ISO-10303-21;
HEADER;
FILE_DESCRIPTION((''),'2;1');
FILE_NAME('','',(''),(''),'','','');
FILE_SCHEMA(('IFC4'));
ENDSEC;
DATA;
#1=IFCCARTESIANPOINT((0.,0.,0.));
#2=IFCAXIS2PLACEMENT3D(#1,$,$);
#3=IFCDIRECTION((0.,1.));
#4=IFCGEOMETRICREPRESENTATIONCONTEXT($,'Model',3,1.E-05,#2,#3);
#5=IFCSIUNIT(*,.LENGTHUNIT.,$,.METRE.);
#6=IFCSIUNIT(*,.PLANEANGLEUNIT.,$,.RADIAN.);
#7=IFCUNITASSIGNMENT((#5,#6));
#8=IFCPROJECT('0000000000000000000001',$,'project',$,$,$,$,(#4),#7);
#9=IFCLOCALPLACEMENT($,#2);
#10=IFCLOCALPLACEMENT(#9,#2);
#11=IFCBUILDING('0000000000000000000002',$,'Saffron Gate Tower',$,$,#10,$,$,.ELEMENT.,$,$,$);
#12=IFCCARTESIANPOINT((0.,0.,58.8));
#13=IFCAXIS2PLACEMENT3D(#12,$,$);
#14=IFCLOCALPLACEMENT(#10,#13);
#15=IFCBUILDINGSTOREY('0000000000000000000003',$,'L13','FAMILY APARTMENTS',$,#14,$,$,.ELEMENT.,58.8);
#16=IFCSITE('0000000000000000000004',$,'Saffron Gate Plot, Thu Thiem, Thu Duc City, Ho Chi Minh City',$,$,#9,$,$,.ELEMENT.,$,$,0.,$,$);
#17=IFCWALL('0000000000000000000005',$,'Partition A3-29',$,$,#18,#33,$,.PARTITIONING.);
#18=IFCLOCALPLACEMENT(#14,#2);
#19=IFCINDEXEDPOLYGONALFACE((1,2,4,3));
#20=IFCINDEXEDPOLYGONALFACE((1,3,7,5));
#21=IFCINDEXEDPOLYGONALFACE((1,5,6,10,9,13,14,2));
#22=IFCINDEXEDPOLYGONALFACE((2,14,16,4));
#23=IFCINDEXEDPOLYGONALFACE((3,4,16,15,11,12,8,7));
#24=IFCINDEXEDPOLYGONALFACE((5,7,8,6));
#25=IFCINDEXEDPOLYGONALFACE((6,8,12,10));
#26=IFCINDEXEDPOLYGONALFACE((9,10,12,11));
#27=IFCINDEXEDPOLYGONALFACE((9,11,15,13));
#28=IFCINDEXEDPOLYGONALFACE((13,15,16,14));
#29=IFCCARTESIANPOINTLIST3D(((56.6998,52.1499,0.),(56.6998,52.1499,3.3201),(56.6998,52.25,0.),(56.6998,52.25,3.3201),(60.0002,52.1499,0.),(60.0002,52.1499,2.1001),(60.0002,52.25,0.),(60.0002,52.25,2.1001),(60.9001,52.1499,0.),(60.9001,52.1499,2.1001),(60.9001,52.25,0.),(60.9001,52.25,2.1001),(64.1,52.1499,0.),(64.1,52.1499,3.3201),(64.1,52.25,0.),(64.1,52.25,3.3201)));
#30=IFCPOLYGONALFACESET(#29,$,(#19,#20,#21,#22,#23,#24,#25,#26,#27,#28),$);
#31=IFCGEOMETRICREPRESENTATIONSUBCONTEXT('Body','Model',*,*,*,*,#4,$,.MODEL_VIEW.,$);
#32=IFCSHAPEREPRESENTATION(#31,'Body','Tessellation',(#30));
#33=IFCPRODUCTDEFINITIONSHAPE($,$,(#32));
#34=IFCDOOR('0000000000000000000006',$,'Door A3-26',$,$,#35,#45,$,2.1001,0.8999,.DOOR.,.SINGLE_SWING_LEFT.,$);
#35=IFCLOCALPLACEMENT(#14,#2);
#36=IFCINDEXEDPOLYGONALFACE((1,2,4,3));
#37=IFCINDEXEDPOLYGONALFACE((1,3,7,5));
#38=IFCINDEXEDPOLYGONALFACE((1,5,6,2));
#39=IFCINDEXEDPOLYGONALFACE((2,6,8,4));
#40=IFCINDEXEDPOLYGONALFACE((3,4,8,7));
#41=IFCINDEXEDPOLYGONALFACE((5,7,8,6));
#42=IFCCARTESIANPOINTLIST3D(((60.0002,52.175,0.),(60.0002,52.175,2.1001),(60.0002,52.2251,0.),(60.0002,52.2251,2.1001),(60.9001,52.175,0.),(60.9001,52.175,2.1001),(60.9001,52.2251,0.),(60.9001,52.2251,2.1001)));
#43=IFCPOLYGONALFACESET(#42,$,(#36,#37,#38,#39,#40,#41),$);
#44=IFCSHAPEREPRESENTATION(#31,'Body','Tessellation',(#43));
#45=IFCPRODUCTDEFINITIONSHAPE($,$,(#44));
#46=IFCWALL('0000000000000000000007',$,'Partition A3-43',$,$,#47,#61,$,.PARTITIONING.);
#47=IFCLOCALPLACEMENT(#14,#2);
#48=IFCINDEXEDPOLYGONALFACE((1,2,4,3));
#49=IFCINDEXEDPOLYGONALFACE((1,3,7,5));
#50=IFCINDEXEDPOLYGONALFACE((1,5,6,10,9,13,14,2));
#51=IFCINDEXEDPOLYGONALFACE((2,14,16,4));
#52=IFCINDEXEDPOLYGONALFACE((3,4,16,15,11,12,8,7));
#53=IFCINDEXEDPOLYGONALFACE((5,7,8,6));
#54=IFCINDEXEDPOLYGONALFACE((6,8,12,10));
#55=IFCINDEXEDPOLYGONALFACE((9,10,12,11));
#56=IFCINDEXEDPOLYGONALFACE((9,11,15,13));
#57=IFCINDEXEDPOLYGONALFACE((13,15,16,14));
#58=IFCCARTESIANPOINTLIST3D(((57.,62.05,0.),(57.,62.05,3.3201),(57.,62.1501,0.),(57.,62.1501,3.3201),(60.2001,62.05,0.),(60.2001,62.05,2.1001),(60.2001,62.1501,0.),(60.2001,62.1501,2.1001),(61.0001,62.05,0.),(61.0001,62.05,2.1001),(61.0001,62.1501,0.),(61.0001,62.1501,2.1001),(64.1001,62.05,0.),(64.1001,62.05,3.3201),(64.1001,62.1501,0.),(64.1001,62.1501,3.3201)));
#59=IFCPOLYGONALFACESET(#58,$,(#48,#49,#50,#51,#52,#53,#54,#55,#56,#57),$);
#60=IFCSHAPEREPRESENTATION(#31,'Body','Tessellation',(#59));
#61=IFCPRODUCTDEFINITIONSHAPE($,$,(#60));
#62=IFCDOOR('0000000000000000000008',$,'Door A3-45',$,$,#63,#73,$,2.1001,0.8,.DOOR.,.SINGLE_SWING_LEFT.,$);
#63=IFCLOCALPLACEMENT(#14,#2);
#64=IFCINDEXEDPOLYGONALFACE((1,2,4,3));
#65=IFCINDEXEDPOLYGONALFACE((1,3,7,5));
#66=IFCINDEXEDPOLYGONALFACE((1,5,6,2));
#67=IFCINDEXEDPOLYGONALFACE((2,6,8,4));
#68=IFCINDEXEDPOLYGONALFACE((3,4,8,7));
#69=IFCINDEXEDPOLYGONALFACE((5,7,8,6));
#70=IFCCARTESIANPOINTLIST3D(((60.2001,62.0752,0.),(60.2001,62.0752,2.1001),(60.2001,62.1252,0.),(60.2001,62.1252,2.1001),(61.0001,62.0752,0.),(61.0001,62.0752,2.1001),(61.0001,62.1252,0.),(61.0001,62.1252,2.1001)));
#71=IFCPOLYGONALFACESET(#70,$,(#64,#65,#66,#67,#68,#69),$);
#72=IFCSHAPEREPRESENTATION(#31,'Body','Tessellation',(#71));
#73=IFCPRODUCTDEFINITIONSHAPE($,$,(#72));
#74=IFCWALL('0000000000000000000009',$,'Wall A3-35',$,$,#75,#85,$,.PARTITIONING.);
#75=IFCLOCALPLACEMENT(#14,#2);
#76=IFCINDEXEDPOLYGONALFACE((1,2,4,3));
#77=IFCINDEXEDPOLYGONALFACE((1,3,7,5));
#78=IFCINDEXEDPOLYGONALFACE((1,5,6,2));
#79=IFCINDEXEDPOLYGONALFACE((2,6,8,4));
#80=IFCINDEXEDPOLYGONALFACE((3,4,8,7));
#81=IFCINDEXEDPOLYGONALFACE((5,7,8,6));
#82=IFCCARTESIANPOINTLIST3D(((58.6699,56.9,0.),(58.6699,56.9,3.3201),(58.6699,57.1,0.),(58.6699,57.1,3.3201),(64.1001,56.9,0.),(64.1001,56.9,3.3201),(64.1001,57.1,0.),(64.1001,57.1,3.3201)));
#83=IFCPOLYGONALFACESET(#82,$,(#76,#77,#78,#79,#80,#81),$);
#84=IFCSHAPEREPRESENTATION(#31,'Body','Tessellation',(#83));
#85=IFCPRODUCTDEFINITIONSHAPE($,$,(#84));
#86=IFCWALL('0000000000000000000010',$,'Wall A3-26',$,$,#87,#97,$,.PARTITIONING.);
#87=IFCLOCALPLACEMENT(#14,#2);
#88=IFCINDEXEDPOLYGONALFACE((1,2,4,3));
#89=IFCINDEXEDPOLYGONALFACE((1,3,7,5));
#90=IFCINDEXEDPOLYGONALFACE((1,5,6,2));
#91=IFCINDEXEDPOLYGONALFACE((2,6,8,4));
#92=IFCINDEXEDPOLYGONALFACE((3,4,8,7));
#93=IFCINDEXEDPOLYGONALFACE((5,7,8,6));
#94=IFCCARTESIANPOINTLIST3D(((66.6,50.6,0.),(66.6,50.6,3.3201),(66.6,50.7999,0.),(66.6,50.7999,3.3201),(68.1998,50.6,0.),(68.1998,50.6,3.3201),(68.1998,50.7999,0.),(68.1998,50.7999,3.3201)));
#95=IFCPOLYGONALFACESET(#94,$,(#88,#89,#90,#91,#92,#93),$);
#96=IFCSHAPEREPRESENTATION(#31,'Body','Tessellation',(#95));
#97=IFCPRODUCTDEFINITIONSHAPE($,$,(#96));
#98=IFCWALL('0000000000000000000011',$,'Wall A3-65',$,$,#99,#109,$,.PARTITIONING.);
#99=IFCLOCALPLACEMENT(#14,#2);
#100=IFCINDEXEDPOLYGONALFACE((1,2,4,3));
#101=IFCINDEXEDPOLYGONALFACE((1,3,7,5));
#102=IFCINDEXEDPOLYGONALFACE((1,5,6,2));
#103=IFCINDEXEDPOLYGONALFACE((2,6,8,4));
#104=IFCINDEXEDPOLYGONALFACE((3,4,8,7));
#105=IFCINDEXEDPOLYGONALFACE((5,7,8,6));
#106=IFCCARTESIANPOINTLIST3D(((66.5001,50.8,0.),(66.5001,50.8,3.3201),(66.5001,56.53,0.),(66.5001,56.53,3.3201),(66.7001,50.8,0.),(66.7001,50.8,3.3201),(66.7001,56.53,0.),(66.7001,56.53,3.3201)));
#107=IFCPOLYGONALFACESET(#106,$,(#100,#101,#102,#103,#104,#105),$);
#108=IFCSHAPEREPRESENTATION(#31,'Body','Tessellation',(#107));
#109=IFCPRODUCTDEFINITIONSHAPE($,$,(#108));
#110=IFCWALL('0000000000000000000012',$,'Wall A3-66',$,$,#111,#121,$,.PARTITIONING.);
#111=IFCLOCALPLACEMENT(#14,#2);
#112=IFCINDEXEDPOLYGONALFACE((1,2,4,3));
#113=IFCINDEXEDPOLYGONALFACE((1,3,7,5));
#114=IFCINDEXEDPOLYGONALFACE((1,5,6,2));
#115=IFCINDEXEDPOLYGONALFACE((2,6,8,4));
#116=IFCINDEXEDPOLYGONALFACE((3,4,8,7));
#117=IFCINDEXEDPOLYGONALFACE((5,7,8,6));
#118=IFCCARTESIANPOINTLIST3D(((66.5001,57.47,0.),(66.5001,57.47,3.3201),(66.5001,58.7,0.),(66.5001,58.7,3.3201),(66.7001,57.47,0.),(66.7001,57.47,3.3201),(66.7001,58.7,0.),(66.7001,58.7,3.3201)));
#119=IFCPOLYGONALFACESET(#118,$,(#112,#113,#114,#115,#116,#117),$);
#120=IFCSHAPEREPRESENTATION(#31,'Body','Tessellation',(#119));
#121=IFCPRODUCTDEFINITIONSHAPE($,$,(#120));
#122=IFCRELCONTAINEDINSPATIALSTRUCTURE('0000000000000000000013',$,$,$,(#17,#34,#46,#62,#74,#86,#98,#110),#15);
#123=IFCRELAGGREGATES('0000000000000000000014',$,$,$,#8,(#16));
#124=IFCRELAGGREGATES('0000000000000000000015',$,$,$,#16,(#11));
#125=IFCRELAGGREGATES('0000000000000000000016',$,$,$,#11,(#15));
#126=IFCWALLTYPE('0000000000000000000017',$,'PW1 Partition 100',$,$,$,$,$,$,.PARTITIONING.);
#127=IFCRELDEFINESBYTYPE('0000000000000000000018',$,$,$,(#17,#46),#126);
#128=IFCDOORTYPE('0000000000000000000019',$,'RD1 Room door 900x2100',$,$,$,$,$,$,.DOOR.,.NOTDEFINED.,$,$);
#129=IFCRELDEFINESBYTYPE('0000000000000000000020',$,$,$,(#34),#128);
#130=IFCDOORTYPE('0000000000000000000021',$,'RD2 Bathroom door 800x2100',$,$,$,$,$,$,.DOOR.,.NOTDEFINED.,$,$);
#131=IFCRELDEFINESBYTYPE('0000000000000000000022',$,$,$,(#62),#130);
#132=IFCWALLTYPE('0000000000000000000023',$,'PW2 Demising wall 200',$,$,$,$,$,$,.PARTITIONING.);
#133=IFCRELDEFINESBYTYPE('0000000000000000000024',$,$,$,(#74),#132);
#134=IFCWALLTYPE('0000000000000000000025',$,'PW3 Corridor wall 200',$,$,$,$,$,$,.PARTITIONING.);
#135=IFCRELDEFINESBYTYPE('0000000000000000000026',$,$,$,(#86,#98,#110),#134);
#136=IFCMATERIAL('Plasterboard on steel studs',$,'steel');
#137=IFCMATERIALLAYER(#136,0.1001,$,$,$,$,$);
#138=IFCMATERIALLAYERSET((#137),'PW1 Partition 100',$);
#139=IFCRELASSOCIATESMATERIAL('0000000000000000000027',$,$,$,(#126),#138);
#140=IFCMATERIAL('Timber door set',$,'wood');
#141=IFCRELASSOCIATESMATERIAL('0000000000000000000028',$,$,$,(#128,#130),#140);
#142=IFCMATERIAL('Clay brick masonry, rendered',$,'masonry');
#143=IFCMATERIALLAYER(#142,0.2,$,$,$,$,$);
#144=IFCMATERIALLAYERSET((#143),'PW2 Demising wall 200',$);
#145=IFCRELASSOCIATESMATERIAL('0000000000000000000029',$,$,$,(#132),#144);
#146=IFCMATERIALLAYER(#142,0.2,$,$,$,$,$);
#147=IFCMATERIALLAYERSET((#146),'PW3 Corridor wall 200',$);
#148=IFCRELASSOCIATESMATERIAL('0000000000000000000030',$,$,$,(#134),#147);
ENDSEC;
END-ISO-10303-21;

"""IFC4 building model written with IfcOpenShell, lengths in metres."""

from ifc_helpers import new_model, si_unit, direction, frame, frame_2d, origin, place, context, subcontext, project, spatial, rectangle, extrude, material, layer, layer_set, type_object, element, fill, save


model = new_model("IFC4")

# Units and contexts
model_context = context("Model", 3, precision=1e-05, world=origin(), true_north=direction((0.0, 1.0)))
body_context = subcontext(model_context, "Body", "Model", "MODEL_VIEW")
ifc_project = project(units=[si_unit("LENGTHUNIT", "METRE"), si_unit("PLANEANGLEUNIT", "RADIAN")], contexts=[model_context])

# Site, building, storey
site_placement = place(None, origin())
site = spatial("IfcSite", under=ifc_project, at=site_placement, Name="Saffron Gate Plot, Thu Thiem, Thu Duc City, Ho Chi Minh City", CompositionType="ELEMENT", RefElevation=0.0)
building_placement = place(site_placement, origin())
building = spatial("IfcBuilding", under=site, at=building_placement, Name="Saffron Gate Tower", CompositionType="ELEMENT")
storey_placement = place(building_placement, frame((0.0, 0.0, 58.8)))
storey = spatial("IfcBuildingStorey", under=building, at=storey_placement, Name="L13", Description="FAMILY APARTMENTS", CompositionType="ELEMENT", Elevation=58.8)

# Shared definitions
ifc_material_1 = material(Name="Plasterboard on steel studs", Category="steel")
ifc_layer_1 = layer(ifc_material_1, 0.1001)
ifc_layer_set_1 = layer_set([ifc_layer_1], Name="PW1 Partition 100")
wall_type_1 = type_object("IfcWallType", Name="PW1 Partition 100", PredefinedType="PARTITIONING", material=ifc_layer_set_1)

# Walls, openings, doors
wall_1_placement = place(storey_placement, frame((64.1001, 52.2, 0.0), z_axis=(0.0, 0.0, 1.0), x_axis=(-1.0, 0.0, 0.0)))
wall_1 = element("IfcWall", 1, at=wall_1_placement, inside=storey, type_object=wall_type_1, Name="Partition A3-29", PredefinedType="PARTITIONING", context=body_context, shape_type="SweptSolid", body=[
    extrude(rectangle(XDim=7.4001, YDim=0.1001, at=frame_2d((3.7002, 0.0))), origin(), (0.0, 0.0, 1.0), 3.3201),
])
opening_1_placement = place(wall_1_placement, frame((3.2, 0.0, 0.0)))
opening_1 = element("IfcOpeningElement", 2, at=opening_1_placement, cuts=wall_1, PredefinedType="OPENING", context=body_context, shape_type="SweptSolid", body=[
    extrude(rectangle(XDim=0.8999, YDim=2.1001, at=frame_2d((0.45, 1.05))), frame((0.0, 0.0601, 0.0), z_axis=(0.0, -1.0, 0.0), x_axis=(1.0, 0.0, 0.0)), (0.0, 0.0, 1.0), 0.1201),
])
ifc_material_2 = material(Name="Timber door set", Category="wood")
door_type_1 = type_object("IfcDoorType", Name="RD1 Room door 900x2100", OperationType="NOTDEFINED", PredefinedType="DOOR", material=ifc_material_2)
door_1_placement = place(opening_1_placement, origin())
door_1 = element("IfcDoor", 3, at=door_1_placement, inside=storey, type_object=door_type_1, Name="Door A3-26", OperationType="SINGLE_SWING_LEFT", OverallHeight=2.1001, OverallWidth=0.8999, PredefinedType="DOOR", context=body_context, shape_type="SweptSolid", body=[
    extrude(rectangle(XDim=0.8999, YDim=2.1001, at=frame_2d((0.45, 1.05))), frame((0.0, 0.0249, 0.0), z_axis=(0.0, -1.0, 0.0), x_axis=(1.0, 0.0, 0.0)), (0.0, 0.0, 1.0), 0.05),
])
fill(opening_1, door_1)
wall_2_placement = place(storey_placement, frame((64.1001, 62.1001, 0.0), z_axis=(0.0, 0.0, 1.0), x_axis=(-1.0, 0.0, 0.0)))
wall_2 = element("IfcWall", 4, at=wall_2_placement, inside=storey, type_object=wall_type_1, Name="Partition A3-43", PredefinedType="PARTITIONING", context=body_context, shape_type="SweptSolid", body=[
    extrude(rectangle(XDim=7.1001, YDim=0.1001, at=frame_2d((3.55, 0.0))), origin(), (0.0, 0.0, 1.0), 3.3201),
])
opening_2_placement = place(wall_2_placement, frame((3.1001, 0.0, 0.0)))
opening_2 = element("IfcOpeningElement", 5, at=opening_2_placement, cuts=wall_2, PredefinedType="OPENING", context=body_context, shape_type="SweptSolid", body=[
    extrude(rectangle(XDim=0.8, YDim=2.1001, at=frame_2d((0.3999, 1.05))), frame((0.0, 0.0601, 0.0), z_axis=(0.0, -1.0, 0.0), x_axis=(1.0, 0.0, 0.0)), (0.0, 0.0, 1.0), 0.1201),
])
door_type_2 = type_object("IfcDoorType", Name="RD2 Bathroom door 800x2100", OperationType="NOTDEFINED", PredefinedType="DOOR", material=ifc_material_2)
door_2_placement = place(opening_2_placement, origin())
door_2 = element("IfcDoor", 6, at=door_2_placement, inside=storey, type_object=door_type_2, Name="Door A3-45", OperationType="SINGLE_SWING_LEFT", OverallHeight=2.1001, OverallWidth=0.8, PredefinedType="DOOR", context=body_context, shape_type="SweptSolid", body=[
    extrude(rectangle(XDim=0.8, YDim=2.1001, at=frame_2d((0.3999, 1.05))), frame((0.0, 0.0249, 0.0), z_axis=(0.0, -1.0, 0.0), x_axis=(1.0, 0.0, 0.0)), (0.0, 0.0, 1.0), 0.05),
])
fill(opening_2, door_2)

# Walls
ifc_material_3 = material(Name="Clay brick masonry, rendered", Category="masonry")
ifc_layer_2 = layer(ifc_material_3, 0.2)
ifc_layer_set_2 = layer_set([ifc_layer_2], Name="PW2 Demising wall 200")
wall_type_2 = type_object("IfcWallType", Name="PW2 Demising wall 200", PredefinedType="PARTITIONING", material=ifc_layer_set_2)
wall_3_placement = place(storey_placement, frame((58.6699, 57.0, 0.0), z_axis=(0.0, 0.0, 1.0), x_axis=(1.0, 0.0, 0.0)))
element("IfcWall", 7, at=wall_3_placement, inside=storey, type_object=wall_type_2, Name="Wall A3-35", PredefinedType="PARTITIONING", context=body_context, shape_type="SweptSolid", body=[
    extrude(rectangle(XDim=5.4302, YDim=0.2, at=frame_2d((2.7151, 0.0))), origin(), (0.0, 0.0, 1.0), 3.3201),
])
ifc_layer_3 = layer(ifc_material_3, 0.2)
ifc_layer_set_3 = layer_set([ifc_layer_3], Name="PW3 Corridor wall 200")
wall_type_3 = type_object("IfcWallType", Name="PW3 Corridor wall 200", PredefinedType="PARTITIONING", material=ifc_layer_set_3)
wall_4_placement = place(storey_placement, frame((66.6001, 50.7, 0.0), z_axis=(0.0, 0.0, 1.0), x_axis=(1.0, 0.0, 0.0)))
element("IfcWall", 8, at=wall_4_placement, inside=storey, type_object=wall_type_3, Name="Wall A3-26", PredefinedType="PARTITIONING", context=body_context, shape_type="SweptSolid", body=[
    extrude(rectangle(XDim=1.5999, YDim=0.2, at=frame_2d((0.7998, 0.0))), origin(), (0.0, 0.0, 1.0), 3.3201),
])
wall_5_placement = place(storey_placement, frame((66.6001, 56.53, 0.0), z_axis=(0.0, 0.0, 1.0), x_axis=(0.0, -1.0, 0.0)))
element("IfcWall", 9, at=wall_5_placement, inside=storey, type_object=wall_type_3, Name="Wall A3-65", PredefinedType="PARTITIONING", context=body_context, shape_type="SweptSolid", body=[
    extrude(rectangle(XDim=5.73, YDim=0.2, at=frame_2d((2.865, 0.0))), origin(), (0.0, 0.0, 1.0), 3.3201),
])
wall_6_placement = place(storey_placement, frame((66.6001, 58.7, 0.0), z_axis=(0.0, 0.0, 1.0), x_axis=(0.0, -1.0, 0.0)))
element("IfcWall", 10, at=wall_6_placement, inside=storey, type_object=wall_type_3, Name="Wall A3-66", PredefinedType="PARTITIONING", context=body_context, shape_type="SweptSolid", body=[
    extrude(rectangle(XDim=1.23, YDim=0.2, at=frame_2d((0.615, 0.0))), origin(), (0.0, 0.0, 1.0), 3.3201),
])

save(model, "model.ifc")
